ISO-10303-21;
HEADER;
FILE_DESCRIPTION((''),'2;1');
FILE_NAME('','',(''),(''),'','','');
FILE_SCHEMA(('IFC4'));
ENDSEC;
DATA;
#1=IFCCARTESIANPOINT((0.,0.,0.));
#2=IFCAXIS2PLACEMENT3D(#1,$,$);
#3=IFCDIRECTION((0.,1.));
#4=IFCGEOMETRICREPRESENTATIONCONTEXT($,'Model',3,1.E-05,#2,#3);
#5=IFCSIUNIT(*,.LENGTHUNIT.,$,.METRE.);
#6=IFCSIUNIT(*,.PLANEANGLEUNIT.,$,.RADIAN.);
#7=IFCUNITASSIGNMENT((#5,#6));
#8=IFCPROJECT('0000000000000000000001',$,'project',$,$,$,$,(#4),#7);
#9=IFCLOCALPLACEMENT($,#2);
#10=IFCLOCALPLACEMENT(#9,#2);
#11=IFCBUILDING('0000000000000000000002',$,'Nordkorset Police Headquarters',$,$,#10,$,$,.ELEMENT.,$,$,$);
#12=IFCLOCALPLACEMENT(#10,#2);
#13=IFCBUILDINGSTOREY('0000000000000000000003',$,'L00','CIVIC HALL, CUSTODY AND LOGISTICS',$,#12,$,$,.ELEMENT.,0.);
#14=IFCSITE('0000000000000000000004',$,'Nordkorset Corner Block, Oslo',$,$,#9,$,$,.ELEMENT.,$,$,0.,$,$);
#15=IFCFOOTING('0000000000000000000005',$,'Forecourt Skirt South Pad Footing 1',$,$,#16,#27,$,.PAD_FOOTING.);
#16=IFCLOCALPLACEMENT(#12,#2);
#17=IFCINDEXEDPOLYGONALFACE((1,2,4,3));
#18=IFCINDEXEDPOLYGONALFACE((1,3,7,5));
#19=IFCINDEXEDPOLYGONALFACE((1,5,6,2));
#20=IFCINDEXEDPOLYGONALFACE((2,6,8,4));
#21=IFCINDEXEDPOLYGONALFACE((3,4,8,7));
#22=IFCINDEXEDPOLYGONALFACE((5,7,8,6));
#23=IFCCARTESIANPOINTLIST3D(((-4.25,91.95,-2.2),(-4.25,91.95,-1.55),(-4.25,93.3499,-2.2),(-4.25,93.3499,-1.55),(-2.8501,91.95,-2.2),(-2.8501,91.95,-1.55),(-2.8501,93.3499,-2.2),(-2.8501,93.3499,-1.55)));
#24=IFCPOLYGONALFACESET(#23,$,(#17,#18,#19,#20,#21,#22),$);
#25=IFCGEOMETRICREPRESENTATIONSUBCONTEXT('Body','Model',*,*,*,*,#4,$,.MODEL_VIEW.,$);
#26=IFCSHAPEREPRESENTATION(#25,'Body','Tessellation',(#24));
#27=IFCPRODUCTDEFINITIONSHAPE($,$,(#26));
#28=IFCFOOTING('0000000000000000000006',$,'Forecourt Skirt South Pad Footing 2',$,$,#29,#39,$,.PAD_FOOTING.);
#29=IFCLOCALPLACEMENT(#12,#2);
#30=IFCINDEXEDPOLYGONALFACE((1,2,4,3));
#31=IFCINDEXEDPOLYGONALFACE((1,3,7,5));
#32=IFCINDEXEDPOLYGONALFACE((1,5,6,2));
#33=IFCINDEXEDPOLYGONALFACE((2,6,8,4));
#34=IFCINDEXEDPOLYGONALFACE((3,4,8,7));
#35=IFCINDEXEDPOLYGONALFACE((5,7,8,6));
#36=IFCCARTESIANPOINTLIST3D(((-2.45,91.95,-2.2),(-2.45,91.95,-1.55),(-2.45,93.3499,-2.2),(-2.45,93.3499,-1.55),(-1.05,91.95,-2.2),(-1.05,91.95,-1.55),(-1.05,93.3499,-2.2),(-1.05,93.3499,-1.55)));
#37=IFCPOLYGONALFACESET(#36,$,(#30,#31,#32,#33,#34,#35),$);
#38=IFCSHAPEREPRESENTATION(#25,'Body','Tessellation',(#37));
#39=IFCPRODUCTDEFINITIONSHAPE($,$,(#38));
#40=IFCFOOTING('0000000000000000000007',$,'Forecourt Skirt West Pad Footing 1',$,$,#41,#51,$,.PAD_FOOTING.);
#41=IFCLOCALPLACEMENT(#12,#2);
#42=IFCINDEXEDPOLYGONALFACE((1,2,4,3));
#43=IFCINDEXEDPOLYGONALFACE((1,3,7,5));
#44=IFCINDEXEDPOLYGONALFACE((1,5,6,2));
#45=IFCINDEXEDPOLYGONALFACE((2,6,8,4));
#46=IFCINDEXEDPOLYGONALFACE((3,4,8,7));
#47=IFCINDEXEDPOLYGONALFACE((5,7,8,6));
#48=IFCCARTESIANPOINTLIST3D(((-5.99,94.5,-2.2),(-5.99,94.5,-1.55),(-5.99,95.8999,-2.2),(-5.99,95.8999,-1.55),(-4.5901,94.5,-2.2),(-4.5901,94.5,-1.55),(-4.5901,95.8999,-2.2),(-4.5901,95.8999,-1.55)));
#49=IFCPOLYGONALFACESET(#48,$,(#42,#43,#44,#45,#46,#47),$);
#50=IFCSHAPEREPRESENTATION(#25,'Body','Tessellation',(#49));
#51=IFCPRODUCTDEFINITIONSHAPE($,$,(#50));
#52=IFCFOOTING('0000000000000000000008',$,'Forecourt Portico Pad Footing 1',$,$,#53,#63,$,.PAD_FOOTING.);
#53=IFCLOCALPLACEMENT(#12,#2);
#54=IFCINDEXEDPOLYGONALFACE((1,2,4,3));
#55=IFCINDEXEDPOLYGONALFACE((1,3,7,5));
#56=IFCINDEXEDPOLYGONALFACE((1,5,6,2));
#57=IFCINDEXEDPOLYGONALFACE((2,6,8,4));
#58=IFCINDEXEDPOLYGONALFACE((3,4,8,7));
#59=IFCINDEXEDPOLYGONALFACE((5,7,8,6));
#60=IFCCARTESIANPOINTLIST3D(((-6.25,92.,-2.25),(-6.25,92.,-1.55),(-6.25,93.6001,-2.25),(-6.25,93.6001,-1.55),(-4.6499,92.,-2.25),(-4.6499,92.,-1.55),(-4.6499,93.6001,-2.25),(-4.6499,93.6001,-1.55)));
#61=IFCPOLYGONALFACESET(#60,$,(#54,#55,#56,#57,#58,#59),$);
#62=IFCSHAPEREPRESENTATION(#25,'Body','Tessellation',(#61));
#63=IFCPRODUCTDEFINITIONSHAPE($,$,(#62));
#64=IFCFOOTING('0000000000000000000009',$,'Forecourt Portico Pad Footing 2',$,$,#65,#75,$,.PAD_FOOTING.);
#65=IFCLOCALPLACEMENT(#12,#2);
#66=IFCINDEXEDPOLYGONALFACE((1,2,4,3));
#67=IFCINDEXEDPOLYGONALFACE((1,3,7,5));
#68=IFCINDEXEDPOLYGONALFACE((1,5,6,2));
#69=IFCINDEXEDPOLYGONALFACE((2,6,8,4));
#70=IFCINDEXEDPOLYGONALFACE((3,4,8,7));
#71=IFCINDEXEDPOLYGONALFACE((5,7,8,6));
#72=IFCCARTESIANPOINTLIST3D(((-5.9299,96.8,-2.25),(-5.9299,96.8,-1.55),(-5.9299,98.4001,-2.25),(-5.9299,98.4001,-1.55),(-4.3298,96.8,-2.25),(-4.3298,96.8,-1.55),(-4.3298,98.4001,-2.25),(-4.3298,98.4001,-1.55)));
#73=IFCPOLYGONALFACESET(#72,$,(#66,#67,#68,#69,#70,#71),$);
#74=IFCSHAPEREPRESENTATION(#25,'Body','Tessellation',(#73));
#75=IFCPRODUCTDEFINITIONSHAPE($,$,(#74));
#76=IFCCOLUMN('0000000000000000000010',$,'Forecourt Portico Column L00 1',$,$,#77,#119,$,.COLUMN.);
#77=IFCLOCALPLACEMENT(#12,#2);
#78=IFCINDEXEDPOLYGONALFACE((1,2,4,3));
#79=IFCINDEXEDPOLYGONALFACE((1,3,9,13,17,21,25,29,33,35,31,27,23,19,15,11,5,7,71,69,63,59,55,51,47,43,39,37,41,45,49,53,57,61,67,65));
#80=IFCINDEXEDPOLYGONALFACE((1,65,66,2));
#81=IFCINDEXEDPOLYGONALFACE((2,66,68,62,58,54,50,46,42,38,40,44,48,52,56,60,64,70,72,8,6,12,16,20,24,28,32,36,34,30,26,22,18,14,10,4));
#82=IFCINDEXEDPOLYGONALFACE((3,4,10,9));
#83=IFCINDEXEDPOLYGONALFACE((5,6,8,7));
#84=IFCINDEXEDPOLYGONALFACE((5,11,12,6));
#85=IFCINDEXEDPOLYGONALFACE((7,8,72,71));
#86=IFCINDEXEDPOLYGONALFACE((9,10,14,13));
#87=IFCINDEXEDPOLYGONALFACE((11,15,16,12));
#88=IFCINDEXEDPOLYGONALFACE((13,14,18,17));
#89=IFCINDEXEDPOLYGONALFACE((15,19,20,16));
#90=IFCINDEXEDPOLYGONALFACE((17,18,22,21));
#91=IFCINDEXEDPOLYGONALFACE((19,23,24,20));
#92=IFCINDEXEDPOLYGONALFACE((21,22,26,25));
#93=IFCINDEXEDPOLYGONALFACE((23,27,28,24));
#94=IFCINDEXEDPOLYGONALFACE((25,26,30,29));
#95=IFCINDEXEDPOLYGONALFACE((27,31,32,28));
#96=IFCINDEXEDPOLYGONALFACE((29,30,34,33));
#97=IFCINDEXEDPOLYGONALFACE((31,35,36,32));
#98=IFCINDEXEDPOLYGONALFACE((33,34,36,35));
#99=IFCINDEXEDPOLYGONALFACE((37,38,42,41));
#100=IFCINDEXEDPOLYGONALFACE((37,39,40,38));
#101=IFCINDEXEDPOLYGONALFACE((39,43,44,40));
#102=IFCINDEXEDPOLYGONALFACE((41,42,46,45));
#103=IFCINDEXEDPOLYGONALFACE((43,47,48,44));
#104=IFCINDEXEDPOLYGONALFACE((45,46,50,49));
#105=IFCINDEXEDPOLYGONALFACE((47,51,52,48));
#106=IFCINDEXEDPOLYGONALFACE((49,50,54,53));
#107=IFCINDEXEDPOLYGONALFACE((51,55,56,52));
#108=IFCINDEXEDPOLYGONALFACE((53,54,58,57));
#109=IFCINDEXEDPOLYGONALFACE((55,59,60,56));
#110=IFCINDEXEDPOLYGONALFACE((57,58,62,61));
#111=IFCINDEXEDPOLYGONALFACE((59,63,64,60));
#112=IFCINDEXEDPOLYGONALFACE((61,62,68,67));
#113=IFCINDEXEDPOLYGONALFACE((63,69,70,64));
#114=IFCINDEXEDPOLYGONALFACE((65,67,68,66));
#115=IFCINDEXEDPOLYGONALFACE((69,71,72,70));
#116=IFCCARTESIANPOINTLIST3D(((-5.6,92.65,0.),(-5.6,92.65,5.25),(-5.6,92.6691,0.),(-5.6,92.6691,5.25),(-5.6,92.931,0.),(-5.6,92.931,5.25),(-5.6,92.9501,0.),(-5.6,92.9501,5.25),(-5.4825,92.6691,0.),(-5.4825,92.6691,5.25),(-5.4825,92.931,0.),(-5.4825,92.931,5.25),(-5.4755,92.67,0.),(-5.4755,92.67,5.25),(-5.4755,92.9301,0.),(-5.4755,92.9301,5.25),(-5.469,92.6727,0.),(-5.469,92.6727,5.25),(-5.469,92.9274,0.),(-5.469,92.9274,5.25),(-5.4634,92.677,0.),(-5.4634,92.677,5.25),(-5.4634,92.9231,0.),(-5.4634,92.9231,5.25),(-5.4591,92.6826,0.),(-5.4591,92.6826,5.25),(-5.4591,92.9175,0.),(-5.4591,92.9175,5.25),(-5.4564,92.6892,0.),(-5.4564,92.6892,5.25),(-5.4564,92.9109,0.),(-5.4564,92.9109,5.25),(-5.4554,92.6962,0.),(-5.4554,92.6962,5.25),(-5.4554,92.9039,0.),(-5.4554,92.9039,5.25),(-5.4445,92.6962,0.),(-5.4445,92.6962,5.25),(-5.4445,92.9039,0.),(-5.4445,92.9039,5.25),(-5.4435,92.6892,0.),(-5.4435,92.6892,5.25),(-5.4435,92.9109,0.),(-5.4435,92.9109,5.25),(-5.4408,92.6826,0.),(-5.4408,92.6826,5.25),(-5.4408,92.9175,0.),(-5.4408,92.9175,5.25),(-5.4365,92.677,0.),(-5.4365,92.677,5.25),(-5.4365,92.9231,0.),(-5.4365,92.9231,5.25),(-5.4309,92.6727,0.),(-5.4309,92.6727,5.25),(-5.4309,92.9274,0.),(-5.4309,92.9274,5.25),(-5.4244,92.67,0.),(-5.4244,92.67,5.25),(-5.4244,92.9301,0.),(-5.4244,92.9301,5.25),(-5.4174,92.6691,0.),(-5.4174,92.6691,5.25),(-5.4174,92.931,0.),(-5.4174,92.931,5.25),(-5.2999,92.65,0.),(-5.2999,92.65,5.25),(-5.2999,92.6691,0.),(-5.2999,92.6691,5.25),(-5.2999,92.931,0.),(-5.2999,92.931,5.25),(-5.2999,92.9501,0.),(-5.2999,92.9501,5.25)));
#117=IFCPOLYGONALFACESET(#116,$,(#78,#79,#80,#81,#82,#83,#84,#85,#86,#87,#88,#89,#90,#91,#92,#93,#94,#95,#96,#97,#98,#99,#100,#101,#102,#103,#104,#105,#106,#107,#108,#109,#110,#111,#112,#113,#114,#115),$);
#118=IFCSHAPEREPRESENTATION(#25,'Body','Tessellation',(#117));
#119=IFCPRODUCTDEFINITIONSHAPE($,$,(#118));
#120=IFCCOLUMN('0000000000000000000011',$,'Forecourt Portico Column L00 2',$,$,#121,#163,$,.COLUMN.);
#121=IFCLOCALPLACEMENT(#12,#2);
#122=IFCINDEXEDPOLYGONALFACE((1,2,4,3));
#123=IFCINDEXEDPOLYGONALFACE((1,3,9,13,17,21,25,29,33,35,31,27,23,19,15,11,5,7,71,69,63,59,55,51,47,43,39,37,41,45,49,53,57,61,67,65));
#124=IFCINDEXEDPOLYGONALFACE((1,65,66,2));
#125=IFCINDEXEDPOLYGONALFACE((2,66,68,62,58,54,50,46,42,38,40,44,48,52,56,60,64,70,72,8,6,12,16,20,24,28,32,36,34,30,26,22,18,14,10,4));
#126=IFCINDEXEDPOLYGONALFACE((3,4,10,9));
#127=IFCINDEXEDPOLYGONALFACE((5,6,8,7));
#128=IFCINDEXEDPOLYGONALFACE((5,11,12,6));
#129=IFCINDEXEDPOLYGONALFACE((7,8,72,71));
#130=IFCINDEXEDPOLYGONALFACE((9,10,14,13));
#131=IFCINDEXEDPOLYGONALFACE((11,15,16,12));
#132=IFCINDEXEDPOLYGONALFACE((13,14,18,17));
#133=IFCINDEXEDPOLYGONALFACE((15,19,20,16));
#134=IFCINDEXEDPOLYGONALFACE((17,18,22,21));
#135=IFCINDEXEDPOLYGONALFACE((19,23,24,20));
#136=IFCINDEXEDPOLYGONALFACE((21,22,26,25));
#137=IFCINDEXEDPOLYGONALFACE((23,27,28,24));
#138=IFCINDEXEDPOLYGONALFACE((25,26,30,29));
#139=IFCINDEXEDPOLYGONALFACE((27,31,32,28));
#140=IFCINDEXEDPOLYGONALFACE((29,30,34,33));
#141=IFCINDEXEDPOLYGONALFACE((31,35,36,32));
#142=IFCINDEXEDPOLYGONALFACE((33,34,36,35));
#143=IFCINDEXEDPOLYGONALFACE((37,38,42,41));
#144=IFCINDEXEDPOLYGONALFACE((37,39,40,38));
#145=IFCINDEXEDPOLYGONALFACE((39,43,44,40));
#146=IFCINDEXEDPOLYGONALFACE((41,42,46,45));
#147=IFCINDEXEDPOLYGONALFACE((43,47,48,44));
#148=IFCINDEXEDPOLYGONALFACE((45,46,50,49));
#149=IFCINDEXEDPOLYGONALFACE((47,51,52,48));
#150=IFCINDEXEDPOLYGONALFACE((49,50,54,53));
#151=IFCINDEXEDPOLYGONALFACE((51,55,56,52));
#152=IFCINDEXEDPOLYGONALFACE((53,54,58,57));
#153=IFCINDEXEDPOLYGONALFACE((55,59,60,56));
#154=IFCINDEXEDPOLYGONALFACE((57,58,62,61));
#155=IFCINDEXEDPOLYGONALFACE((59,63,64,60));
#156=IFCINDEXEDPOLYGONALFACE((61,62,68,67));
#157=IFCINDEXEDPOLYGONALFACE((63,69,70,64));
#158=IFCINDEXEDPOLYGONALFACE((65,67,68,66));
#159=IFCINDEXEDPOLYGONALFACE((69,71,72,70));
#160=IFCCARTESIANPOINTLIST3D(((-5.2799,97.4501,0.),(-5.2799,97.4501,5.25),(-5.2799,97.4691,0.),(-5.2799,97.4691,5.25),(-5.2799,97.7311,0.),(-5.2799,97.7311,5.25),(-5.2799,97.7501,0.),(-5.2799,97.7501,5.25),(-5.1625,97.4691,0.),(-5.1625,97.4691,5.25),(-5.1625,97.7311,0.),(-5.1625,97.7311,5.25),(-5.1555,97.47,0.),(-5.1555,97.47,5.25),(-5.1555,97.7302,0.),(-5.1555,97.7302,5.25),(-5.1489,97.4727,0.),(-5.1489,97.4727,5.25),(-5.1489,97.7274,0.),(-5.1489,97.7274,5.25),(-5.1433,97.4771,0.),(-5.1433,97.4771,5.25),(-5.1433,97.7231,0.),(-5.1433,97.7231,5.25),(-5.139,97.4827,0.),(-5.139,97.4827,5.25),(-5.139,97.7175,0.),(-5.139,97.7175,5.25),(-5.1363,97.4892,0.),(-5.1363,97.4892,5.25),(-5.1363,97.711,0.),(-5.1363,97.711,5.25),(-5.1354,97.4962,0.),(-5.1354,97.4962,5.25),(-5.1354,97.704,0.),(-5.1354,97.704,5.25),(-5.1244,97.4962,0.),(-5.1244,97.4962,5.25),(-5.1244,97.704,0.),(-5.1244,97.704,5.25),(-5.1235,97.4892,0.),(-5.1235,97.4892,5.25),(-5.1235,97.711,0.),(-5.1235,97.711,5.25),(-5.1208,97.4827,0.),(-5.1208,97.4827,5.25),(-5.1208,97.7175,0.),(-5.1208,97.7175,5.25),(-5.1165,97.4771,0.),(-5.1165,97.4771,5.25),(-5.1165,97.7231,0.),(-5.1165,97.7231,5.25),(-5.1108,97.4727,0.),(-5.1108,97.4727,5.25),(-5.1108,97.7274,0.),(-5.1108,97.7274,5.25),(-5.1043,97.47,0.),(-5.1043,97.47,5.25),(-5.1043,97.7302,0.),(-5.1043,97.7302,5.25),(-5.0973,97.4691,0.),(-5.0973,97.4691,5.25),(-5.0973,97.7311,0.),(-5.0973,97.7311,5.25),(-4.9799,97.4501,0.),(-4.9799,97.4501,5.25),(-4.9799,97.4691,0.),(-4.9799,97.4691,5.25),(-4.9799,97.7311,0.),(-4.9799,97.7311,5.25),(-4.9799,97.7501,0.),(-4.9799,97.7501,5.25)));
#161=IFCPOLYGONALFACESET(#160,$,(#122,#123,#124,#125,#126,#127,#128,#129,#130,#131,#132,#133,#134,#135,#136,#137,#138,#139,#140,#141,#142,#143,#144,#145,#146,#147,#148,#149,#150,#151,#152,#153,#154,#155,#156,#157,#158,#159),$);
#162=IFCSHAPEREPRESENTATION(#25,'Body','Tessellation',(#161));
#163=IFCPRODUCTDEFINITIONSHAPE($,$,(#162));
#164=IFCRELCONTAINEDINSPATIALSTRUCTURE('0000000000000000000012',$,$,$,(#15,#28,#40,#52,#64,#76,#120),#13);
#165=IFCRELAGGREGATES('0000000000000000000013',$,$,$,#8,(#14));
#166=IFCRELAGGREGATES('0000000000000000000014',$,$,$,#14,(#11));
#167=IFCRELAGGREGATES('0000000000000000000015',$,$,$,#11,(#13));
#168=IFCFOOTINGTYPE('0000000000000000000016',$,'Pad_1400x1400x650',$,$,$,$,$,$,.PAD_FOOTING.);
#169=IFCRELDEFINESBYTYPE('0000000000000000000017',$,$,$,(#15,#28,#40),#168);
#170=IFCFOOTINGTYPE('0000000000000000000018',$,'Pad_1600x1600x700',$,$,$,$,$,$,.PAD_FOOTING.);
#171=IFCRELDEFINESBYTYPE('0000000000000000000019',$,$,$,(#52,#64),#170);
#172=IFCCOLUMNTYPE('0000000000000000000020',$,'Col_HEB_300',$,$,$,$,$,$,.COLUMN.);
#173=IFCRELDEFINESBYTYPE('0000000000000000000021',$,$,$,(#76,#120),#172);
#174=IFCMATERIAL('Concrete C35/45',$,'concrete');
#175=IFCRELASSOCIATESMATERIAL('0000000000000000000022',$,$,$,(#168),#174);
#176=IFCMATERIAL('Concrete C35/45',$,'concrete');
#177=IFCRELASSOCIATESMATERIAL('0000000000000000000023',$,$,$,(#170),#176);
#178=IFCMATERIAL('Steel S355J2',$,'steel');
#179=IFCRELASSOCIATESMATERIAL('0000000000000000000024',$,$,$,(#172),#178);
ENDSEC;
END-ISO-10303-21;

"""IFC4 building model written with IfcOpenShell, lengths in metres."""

from ifc_helpers import new_model, si_unit, direction, frame, origin, origin_2d, place, context, subcontext, project, spatial, rectangle, i_section, extrude, material, material_profile, profile_set, type_object, element, save


model = new_model("IFC4")

# Units and contexts
model_context = context("Model", 3, precision=1e-05, world=origin(), true_north=direction((0.0, 1.0)))
body_context = subcontext(model_context, "Body", "Model", "MODEL_VIEW")
ifc_project = project(units=[si_unit("LENGTHUNIT", "METRE"), si_unit("PLANEANGLEUNIT", "RADIAN")], contexts=[model_context])

# Site, building, storey
site_placement = place(None, origin())
site = spatial("IfcSite", under=ifc_project, at=site_placement, Name="Nordkorset Corner Block, Oslo", CompositionType="ELEMENT", RefElevation=0.0)
building_placement = place(site_placement, origin())
building = spatial("IfcBuilding", under=site, at=building_placement, Name="Nordkorset Police Headquarters", CompositionType="ELEMENT")
storey_placement = place(building_placement, origin())
storey = spatial("IfcBuildingStorey", under=building, at=storey_placement, Name="L00", Description="CIVIC HALL, CUSTODY AND LOGISTICS", CompositionType="ELEMENT", Elevation=0.0)

# Footings
ifc_material_1 = material(Name="Concrete C35/45", Category="concrete")
footing_type_1 = type_object("IfcFootingType", Name="Pad_1400x1400x650", PredefinedType="PAD_FOOTING", material=ifc_material_1)
for number, where, z_axis, x_axis, name in (
    (1, (-3.55, 92.6499, -2.2), (0.0, 0.0, 1.0), (1.0, 0.0, 0.0), "Forecourt Skirt South Pad Footing 1"),
    (2, (-1.75, 92.6499, -2.2), (0.0, 0.0, 1.0), (1.0, 0.0, 0.0), "Forecourt Skirt South Pad Footing 2"),
    (3, (-5.29, 95.2, -2.2), (0.0, 0.0, 1.0), (1.0, 0.0, 0.0), "Forecourt Skirt West Pad Footing 1"),
):
    element("IfcFooting", number, at=place(storey_placement, frame(where, z_axis=z_axis, x_axis=x_axis)), inside=storey, type_object=footing_type_1, Name=name, PredefinedType="PAD_FOOTING", context=body_context, shape_type="SweptSolid", body=[
        extrude(rectangle(XDim=1.3999, YDim=1.3999, at=origin_2d()), origin(), (0.0, 0.0, 1.0), 0.6499),
    ])
ifc_material_2 = material(Name="Concrete C35/45", Category="concrete")
footing_type_2 = type_object("IfcFootingType", Name="Pad_1600x1600x700", PredefinedType="PAD_FOOTING", material=ifc_material_2)
for number, where, z_axis, x_axis, name in (
    (4, (-5.45, 92.8, -2.25), (0.0, 0.0, 1.0), (1.0, 0.0, 0.0), "Forecourt Portico Pad Footing 1"),
    (5, (-5.1299, 97.6001, -2.25), (0.0, 0.0, 1.0), (1.0, 0.0, 0.0), "Forecourt Portico Pad Footing 2"),
):
    element("IfcFooting", number, at=place(storey_placement, frame(where, z_axis=z_axis, x_axis=x_axis)), inside=storey, type_object=footing_type_2, Name=name, PredefinedType="PAD_FOOTING", context=body_context, shape_type="SweptSolid", body=[
        extrude(rectangle(XDim=1.6001, YDim=1.6001, at=origin_2d()), origin(), (0.0, 0.0, 1.0), 0.7),
    ])

# Columns
ifc_material_3 = material(Name="Steel S355J2", Category="steel")
ifc_material_profile_1 = material_profile(ifc_material_3, i_section(OverallWidth=0.3, OverallDepth=0.3, WebThickness=0.011, FlangeThickness=0.019, FilletRadius=0.0271, at=origin_2d()), Name="HEB 300")
ifc_profile_set_1 = profile_set([ifc_material_profile_1], Name="Steel S355J2")
column_type = type_object("IfcColumnType", Name="Col_HEB_300", PredefinedType="COLUMN", material=ifc_profile_set_1)
for number, where, z_axis, x_axis, name in (
    (6, (-5.45, 92.8, 0.0), (0.0, 0.0, 1.0), (1.0, 0.0, 0.0), "Forecourt Portico Column L00 1"),
    (7, (-5.1299, 97.6001, 0.0), (0.0, 0.0, 1.0), (1.0, 0.0, 0.0), "Forecourt Portico Column L00 2"),
):
    element("IfcColumn", number, at=place(storey_placement, frame(where, z_axis=z_axis, x_axis=x_axis)), inside=storey, type_object=column_type, Name=name, PredefinedType="COLUMN", context=body_context, shape_type="SweptSolid", body=[
        extrude(i_section(OverallWidth=0.3, OverallDepth=0.3, WebThickness=0.011, FlangeThickness=0.019, FilletRadius=0.0271, at=origin_2d()), origin(), (0.0, 0.0, 1.0), 5.25),
    ])

save(model, "model.ifc")
